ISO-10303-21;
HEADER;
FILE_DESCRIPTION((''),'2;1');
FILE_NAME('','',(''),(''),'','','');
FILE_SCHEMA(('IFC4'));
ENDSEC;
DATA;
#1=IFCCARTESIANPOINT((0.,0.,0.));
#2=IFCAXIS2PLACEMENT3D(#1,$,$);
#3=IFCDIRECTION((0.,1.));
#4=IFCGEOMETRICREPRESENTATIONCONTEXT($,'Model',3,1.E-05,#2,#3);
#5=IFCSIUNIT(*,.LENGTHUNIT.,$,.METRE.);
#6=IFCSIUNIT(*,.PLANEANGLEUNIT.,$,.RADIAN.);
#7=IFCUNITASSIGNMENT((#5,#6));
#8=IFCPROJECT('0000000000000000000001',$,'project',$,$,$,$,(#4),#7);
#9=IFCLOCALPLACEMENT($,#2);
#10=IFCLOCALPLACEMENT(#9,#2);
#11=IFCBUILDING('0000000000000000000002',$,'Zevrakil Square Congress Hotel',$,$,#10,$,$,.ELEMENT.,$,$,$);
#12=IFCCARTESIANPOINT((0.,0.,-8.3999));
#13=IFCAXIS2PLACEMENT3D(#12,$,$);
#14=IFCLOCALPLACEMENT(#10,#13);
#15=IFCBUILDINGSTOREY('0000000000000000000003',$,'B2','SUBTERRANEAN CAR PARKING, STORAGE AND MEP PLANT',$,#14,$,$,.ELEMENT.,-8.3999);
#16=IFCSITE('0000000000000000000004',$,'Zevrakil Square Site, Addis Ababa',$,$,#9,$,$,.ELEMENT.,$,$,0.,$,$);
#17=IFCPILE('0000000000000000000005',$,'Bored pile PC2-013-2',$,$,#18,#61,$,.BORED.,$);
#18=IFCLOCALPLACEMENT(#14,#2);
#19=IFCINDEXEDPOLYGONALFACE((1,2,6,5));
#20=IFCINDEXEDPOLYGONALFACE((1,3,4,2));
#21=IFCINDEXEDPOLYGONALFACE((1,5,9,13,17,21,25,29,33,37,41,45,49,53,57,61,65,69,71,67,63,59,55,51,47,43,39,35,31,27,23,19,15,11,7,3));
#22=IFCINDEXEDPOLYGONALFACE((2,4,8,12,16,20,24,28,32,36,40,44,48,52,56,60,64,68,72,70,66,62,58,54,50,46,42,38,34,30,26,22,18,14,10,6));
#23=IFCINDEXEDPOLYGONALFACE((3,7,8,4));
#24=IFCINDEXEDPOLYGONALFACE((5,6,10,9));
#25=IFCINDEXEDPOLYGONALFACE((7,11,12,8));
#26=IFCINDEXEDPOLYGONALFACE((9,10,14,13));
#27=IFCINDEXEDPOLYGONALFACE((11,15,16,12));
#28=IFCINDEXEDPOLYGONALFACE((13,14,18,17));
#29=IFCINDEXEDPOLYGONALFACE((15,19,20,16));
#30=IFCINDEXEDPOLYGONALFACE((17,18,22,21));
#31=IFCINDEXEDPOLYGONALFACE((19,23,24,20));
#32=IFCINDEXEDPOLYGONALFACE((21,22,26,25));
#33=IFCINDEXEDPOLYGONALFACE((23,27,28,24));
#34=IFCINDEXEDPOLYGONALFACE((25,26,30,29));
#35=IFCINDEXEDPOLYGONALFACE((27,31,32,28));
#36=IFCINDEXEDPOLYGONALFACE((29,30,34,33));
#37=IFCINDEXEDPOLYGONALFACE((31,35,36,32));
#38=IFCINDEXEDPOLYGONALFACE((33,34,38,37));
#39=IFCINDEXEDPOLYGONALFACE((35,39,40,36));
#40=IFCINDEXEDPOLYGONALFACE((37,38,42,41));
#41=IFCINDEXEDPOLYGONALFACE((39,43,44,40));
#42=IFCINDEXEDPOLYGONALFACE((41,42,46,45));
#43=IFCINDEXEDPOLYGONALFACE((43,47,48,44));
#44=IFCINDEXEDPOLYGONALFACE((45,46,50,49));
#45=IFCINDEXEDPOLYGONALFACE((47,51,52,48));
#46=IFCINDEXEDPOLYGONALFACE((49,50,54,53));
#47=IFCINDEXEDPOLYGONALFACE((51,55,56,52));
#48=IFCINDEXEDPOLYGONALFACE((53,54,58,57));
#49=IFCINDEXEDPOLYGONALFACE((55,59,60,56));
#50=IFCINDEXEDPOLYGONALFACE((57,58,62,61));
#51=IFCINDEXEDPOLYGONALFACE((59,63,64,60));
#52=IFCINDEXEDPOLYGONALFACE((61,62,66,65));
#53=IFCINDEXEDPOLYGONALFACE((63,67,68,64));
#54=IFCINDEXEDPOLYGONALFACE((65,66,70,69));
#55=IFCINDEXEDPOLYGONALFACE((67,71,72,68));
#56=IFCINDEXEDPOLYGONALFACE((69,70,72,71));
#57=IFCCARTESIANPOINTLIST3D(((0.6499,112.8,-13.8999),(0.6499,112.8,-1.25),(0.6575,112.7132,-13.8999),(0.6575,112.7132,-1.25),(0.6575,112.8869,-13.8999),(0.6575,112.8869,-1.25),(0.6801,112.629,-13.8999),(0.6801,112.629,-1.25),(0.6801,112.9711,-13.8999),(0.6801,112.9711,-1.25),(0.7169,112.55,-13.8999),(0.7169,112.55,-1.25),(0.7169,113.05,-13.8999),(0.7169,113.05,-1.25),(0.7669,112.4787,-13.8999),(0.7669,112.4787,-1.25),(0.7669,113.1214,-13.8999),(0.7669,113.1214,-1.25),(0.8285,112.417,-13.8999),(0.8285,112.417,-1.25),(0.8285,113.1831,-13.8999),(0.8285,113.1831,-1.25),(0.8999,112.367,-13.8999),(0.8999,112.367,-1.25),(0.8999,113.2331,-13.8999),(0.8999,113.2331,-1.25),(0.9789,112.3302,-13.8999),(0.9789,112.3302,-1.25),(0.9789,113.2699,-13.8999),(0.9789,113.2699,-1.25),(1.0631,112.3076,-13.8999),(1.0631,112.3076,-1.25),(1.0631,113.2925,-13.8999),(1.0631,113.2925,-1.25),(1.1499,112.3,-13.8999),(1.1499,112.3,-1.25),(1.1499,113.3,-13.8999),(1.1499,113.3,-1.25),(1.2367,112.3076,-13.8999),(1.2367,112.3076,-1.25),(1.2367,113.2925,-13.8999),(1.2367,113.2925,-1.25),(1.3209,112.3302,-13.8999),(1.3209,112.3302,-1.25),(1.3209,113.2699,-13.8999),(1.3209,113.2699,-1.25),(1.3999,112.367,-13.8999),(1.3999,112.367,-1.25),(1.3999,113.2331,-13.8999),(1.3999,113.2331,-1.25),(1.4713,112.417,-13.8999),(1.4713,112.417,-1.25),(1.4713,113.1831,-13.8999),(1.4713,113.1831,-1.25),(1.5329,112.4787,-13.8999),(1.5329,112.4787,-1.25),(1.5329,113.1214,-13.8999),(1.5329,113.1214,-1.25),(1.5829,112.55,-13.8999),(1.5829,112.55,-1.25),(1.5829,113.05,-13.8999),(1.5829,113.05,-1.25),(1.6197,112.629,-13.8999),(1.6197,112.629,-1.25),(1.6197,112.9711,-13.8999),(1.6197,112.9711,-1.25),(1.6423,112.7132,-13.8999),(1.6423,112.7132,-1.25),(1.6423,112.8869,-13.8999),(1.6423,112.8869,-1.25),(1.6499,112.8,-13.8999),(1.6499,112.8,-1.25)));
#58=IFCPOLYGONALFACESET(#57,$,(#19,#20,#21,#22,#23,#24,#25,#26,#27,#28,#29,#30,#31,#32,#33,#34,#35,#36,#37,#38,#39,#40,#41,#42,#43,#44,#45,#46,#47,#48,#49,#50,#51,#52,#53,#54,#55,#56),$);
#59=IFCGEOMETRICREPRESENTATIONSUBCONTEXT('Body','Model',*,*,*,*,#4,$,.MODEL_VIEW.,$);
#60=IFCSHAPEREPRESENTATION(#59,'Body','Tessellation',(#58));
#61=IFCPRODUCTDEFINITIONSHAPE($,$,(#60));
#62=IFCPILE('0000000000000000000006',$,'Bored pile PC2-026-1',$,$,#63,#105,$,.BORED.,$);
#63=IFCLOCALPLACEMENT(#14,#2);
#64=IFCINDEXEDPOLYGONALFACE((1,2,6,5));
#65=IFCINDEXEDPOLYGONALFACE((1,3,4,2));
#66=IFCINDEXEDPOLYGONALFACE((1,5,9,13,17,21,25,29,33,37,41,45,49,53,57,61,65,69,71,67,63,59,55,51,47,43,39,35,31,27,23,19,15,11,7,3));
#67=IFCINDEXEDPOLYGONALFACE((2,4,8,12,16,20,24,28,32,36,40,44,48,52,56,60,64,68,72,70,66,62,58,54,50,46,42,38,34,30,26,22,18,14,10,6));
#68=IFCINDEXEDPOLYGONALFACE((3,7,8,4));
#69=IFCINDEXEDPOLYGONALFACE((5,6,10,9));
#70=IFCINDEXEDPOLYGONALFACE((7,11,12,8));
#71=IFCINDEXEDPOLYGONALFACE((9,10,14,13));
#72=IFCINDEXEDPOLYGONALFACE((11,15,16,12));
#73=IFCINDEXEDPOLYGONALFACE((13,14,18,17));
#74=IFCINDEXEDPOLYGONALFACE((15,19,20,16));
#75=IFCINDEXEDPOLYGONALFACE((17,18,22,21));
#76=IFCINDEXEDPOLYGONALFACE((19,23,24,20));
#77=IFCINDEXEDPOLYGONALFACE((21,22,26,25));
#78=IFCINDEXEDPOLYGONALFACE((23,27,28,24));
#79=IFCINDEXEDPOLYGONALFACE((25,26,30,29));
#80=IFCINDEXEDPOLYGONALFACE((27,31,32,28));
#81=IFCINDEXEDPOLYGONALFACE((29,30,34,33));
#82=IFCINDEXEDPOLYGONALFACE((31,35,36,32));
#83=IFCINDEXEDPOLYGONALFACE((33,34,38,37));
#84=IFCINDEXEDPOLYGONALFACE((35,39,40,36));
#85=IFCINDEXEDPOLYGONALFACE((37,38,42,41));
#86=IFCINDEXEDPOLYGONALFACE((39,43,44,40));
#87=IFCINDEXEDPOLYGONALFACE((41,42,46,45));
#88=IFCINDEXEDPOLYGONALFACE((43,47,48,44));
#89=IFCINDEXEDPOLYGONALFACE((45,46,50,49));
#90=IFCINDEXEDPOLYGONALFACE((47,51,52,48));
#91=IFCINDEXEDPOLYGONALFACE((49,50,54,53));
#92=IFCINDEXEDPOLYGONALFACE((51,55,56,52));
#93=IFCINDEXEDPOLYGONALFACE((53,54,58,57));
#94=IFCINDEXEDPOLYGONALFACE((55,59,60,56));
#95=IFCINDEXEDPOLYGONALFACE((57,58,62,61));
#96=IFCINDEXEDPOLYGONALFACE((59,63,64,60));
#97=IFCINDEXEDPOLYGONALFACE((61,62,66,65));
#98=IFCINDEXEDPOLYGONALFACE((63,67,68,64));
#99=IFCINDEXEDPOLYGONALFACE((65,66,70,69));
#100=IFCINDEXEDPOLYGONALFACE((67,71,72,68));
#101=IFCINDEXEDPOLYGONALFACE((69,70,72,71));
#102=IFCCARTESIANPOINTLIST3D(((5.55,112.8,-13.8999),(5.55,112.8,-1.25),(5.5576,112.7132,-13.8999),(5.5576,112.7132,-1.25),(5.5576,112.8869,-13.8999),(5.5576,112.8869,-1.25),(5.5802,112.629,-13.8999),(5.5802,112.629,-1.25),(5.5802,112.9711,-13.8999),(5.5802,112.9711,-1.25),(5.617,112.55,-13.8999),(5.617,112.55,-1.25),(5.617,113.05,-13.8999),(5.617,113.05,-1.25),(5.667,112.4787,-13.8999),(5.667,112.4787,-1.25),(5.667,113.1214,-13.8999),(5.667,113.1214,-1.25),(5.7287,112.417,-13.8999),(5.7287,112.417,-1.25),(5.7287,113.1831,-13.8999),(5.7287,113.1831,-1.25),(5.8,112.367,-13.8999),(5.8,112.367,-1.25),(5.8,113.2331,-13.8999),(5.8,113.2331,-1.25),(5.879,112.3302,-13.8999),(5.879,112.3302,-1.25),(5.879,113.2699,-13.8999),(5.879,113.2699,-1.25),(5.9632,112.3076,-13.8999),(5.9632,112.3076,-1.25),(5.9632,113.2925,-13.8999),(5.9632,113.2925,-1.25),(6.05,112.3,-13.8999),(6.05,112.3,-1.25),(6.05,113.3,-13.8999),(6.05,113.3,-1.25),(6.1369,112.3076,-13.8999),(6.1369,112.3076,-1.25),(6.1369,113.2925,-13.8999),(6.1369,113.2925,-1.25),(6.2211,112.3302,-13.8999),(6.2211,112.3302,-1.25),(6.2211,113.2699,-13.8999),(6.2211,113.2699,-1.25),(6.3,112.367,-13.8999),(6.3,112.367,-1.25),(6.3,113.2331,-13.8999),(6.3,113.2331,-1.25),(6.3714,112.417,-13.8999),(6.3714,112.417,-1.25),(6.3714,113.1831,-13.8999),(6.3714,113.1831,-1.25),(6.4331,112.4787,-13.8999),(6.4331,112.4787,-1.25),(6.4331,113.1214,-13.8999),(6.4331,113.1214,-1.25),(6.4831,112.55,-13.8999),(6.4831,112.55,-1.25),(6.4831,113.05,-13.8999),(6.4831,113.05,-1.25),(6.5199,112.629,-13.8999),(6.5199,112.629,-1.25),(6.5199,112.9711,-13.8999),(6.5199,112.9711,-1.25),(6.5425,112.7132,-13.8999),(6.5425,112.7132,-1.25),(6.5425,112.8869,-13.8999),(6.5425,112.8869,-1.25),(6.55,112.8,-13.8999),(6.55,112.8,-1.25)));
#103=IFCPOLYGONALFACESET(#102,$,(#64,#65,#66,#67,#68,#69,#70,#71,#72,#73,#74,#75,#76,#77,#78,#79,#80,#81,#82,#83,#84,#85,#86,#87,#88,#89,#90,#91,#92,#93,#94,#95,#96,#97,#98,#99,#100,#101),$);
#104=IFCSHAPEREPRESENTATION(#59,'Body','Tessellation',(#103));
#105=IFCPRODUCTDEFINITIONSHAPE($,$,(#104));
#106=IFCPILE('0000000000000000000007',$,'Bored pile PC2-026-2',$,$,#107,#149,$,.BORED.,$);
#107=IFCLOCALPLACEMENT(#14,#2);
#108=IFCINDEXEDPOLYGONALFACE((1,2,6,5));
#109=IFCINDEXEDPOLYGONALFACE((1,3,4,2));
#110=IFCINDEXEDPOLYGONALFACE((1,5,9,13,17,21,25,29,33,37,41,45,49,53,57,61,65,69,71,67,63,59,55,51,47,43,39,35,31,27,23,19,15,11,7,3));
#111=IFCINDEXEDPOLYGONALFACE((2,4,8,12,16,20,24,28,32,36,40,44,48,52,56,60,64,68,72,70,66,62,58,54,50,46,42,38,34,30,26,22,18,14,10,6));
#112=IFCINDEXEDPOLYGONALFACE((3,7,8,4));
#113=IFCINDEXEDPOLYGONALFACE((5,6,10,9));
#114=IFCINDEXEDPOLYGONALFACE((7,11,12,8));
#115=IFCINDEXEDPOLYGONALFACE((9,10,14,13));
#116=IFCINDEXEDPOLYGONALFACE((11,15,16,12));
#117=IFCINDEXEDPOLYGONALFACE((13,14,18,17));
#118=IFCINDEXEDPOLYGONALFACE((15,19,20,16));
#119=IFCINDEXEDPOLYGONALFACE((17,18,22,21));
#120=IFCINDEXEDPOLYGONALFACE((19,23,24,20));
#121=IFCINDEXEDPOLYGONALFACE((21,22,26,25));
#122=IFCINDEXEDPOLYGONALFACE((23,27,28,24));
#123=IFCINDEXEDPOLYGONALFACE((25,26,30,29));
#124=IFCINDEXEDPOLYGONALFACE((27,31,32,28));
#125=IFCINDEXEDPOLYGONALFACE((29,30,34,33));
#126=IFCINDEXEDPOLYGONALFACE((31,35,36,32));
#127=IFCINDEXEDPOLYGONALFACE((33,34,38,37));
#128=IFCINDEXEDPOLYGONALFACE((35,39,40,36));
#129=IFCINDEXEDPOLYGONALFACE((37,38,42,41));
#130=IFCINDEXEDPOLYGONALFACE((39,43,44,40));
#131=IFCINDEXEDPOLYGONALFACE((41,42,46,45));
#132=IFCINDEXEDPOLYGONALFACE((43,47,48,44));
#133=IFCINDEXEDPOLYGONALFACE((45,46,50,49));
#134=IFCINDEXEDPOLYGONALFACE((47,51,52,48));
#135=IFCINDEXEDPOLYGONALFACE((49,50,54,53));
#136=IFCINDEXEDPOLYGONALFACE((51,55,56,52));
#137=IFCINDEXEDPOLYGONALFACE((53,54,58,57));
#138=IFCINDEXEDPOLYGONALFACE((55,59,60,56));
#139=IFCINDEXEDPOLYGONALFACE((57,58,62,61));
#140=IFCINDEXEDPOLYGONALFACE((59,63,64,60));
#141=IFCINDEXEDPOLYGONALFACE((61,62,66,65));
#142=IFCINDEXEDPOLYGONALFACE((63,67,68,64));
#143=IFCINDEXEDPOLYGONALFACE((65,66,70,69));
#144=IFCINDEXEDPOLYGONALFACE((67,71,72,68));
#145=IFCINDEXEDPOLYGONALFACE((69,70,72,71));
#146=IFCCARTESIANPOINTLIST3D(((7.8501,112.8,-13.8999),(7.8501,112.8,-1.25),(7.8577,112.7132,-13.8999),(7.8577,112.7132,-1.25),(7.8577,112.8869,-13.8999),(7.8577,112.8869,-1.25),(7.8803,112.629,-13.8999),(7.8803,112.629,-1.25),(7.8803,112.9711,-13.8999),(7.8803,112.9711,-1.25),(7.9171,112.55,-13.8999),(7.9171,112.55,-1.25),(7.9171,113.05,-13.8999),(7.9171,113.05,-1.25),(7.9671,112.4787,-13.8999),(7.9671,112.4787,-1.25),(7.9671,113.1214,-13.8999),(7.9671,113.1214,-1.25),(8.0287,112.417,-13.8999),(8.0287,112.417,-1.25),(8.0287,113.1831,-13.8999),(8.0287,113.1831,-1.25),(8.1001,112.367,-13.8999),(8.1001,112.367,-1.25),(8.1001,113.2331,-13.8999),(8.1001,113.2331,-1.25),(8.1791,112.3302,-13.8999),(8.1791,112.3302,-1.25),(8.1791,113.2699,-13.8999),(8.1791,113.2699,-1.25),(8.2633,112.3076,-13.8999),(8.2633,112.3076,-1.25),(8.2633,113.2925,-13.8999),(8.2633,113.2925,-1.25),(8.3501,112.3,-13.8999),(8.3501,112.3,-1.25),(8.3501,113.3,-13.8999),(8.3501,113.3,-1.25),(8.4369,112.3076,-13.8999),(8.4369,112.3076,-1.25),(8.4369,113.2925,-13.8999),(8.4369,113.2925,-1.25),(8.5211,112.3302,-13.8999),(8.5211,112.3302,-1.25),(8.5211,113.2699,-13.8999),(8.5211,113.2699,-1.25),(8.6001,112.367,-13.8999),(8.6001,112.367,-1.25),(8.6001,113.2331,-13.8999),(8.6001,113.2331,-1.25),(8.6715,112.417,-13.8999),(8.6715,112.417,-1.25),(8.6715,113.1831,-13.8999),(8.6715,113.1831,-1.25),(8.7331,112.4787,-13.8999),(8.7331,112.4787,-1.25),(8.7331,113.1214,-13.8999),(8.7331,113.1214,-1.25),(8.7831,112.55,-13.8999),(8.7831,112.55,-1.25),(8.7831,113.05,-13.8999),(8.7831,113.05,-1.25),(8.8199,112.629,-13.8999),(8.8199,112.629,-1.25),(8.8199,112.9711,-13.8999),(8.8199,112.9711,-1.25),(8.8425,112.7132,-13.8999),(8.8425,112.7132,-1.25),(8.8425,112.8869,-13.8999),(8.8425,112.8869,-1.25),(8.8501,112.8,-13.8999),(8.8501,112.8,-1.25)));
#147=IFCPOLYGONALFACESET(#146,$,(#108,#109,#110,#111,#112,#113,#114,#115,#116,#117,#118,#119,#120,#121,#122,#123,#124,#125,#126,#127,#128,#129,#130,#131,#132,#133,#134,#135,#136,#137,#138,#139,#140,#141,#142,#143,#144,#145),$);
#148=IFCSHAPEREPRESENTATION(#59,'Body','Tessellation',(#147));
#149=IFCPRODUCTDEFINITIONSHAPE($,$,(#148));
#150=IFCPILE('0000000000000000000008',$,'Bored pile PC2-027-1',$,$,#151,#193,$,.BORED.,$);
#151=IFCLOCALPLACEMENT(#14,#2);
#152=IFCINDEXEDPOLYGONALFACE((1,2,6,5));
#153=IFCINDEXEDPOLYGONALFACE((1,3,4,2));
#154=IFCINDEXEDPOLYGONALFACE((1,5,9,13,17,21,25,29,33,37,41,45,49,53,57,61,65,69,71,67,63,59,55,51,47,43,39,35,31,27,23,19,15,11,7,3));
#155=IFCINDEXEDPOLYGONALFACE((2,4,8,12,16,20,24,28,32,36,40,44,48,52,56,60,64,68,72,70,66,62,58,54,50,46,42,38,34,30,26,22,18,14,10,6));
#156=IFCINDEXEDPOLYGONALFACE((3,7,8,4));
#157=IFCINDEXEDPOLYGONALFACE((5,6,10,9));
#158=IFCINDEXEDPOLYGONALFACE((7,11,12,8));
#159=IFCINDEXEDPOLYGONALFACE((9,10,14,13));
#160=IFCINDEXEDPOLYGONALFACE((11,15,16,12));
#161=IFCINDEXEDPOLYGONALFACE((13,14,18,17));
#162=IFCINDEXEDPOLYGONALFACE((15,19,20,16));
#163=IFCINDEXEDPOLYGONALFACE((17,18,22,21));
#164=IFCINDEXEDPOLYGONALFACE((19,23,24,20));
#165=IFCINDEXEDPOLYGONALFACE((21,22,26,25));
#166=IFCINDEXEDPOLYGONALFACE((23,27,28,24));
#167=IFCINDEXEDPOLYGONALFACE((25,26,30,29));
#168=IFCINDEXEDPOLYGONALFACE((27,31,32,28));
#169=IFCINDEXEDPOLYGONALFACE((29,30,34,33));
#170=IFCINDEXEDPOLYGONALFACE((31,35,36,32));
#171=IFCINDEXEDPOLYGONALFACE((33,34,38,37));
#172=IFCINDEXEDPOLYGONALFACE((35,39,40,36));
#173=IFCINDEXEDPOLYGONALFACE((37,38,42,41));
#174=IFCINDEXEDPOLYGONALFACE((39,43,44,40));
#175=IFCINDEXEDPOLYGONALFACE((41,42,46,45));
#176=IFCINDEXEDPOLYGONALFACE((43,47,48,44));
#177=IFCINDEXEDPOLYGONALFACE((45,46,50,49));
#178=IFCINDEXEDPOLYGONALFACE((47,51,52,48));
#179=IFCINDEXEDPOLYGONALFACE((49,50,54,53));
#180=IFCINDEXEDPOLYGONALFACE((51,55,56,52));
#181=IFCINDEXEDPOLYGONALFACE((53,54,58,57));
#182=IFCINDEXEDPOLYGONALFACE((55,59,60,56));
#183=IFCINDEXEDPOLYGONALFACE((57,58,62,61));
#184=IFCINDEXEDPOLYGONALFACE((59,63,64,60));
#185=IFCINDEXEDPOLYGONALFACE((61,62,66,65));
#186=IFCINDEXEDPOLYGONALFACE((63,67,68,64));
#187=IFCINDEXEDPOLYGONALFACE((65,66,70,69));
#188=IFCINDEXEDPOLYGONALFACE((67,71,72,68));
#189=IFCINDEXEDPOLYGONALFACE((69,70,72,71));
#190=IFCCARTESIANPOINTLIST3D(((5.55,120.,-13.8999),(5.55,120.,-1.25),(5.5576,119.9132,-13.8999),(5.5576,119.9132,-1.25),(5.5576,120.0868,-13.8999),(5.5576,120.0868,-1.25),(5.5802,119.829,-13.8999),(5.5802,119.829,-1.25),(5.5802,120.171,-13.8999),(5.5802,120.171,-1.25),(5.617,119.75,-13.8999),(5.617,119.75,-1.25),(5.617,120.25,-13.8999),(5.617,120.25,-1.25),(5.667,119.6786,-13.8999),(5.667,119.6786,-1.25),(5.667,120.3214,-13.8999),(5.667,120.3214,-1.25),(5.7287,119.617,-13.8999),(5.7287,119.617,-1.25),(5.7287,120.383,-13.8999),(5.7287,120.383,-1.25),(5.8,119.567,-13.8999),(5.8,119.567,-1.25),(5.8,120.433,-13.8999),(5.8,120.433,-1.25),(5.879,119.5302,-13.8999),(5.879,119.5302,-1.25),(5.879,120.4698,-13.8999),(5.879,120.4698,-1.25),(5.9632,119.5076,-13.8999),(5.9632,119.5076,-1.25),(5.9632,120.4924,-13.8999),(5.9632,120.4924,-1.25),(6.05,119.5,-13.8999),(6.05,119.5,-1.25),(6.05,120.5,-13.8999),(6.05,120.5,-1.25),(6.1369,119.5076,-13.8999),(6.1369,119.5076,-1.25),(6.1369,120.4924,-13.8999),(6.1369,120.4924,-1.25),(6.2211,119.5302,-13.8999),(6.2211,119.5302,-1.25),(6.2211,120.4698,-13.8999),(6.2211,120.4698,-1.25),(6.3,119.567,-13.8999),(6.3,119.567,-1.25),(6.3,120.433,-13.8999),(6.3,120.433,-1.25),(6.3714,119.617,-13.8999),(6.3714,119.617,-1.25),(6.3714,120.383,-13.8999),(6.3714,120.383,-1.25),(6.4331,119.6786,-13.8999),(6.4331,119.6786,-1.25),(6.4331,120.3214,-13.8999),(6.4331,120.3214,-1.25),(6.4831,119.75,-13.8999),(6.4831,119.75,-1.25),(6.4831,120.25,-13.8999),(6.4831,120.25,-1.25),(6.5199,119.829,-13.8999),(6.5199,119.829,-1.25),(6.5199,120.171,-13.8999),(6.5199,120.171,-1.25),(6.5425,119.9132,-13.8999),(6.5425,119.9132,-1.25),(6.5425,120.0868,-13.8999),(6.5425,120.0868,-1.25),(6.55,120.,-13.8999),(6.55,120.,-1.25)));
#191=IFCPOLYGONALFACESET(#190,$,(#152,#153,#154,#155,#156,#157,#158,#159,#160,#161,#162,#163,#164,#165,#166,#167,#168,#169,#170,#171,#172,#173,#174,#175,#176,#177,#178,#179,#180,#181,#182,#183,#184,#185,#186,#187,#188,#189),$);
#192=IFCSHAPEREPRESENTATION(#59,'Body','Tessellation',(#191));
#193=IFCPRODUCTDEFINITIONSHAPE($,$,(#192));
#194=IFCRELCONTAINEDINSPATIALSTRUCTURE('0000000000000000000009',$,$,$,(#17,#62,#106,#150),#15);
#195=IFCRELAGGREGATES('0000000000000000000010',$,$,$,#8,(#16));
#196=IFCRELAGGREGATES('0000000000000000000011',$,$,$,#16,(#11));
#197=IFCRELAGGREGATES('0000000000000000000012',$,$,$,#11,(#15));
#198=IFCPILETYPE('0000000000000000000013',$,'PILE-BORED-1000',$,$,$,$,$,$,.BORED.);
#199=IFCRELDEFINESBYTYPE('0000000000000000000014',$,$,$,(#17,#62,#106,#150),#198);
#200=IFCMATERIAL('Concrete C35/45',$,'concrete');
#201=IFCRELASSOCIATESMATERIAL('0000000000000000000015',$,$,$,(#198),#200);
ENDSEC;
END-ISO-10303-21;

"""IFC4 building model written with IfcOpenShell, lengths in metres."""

from ifc_helpers import new_model, si_unit, direction, frame, origin, origin_2d, place, context, subcontext, project, spatial, circle, extrude, material, material_profile, profile_set, type_object, element, save


model = new_model("IFC4")

# Units and contexts
model_context = context("Model", 3, precision=1e-05, world=origin(), true_north=direction((0.0, 1.0)))
body_context = subcontext(model_context, "Body", "Model", "MODEL_VIEW")
ifc_project = project(units=[si_unit("LENGTHUNIT", "METRE"), si_unit("PLANEANGLEUNIT", "RADIAN")], contexts=[model_context])

# Site, building, storey
site_placement = place(None, origin())
site = spatial("IfcSite", under=ifc_project, at=site_placement, Name="Zevrakil Square Site, Addis Ababa", CompositionType="ELEMENT", RefElevation=0.0)
building_placement = place(site_placement, origin())
building = spatial("IfcBuilding", under=site, at=building_placement, Name="Zevrakil Square Congress Hotel", CompositionType="ELEMENT")
storey_placement = place(building_placement, frame((0.0, 0.0, -8.3999)))
storey = spatial("IfcBuildingStorey", under=building, at=storey_placement, Name="B2", Description="SUBTERRANEAN CAR PARKING, STORAGE AND MEP PLANT", CompositionType="ELEMENT", Elevation=-8.3999)

# Piles
ifc_material_1 = material(Name="Concrete C35/45", Category="concrete")
ifc_material_profile_1 = material_profile(ifc_material_1, circle(Radius=0.5, at=origin_2d()), Name="PILE D1000")
ifc_profile_set_1 = profile_set([ifc_material_profile_1], Name="Concrete C35/45")
pile_type = type_object("IfcPileType", Name="PILE-BORED-1000", PredefinedType="BORED", material=ifc_profile_set_1)
for number, where, z_axis, x_axis, name in (
    (1, (1.1499, 112.8, -1.25), (0.0, 0.0, -1.0), (1.0, 0.0, 0.0), "Bored pile PC2-013-2"),
    (2, (6.05, 112.8, -1.25), (0.0, 0.0, -1.0), (1.0, 0.0, 0.0), "Bored pile PC2-026-1"),
    (3, (8.3501, 112.8, -1.25), (0.0, 0.0, -1.0), (1.0, 0.0, 0.0), "Bored pile PC2-026-2"),
    (4, (6.05, 120.0, -1.25), (0.0, 0.0, -1.0), (1.0, 0.0, 0.0), "Bored pile PC2-027-1"),
):
    element("IfcPile", number, at=place(storey_placement, frame(where, z_axis=z_axis, x_axis=x_axis)), inside=storey, type_object=pile_type, Name=name, PredefinedType="BORED", context=body_context, shape_type="SweptSolid", body=[
        extrude(circle(Radius=0.5, at=origin_2d()), origin(), (0.0, 0.0, 1.0), 12.6499),
    ])

save(model, "model.ifc")
